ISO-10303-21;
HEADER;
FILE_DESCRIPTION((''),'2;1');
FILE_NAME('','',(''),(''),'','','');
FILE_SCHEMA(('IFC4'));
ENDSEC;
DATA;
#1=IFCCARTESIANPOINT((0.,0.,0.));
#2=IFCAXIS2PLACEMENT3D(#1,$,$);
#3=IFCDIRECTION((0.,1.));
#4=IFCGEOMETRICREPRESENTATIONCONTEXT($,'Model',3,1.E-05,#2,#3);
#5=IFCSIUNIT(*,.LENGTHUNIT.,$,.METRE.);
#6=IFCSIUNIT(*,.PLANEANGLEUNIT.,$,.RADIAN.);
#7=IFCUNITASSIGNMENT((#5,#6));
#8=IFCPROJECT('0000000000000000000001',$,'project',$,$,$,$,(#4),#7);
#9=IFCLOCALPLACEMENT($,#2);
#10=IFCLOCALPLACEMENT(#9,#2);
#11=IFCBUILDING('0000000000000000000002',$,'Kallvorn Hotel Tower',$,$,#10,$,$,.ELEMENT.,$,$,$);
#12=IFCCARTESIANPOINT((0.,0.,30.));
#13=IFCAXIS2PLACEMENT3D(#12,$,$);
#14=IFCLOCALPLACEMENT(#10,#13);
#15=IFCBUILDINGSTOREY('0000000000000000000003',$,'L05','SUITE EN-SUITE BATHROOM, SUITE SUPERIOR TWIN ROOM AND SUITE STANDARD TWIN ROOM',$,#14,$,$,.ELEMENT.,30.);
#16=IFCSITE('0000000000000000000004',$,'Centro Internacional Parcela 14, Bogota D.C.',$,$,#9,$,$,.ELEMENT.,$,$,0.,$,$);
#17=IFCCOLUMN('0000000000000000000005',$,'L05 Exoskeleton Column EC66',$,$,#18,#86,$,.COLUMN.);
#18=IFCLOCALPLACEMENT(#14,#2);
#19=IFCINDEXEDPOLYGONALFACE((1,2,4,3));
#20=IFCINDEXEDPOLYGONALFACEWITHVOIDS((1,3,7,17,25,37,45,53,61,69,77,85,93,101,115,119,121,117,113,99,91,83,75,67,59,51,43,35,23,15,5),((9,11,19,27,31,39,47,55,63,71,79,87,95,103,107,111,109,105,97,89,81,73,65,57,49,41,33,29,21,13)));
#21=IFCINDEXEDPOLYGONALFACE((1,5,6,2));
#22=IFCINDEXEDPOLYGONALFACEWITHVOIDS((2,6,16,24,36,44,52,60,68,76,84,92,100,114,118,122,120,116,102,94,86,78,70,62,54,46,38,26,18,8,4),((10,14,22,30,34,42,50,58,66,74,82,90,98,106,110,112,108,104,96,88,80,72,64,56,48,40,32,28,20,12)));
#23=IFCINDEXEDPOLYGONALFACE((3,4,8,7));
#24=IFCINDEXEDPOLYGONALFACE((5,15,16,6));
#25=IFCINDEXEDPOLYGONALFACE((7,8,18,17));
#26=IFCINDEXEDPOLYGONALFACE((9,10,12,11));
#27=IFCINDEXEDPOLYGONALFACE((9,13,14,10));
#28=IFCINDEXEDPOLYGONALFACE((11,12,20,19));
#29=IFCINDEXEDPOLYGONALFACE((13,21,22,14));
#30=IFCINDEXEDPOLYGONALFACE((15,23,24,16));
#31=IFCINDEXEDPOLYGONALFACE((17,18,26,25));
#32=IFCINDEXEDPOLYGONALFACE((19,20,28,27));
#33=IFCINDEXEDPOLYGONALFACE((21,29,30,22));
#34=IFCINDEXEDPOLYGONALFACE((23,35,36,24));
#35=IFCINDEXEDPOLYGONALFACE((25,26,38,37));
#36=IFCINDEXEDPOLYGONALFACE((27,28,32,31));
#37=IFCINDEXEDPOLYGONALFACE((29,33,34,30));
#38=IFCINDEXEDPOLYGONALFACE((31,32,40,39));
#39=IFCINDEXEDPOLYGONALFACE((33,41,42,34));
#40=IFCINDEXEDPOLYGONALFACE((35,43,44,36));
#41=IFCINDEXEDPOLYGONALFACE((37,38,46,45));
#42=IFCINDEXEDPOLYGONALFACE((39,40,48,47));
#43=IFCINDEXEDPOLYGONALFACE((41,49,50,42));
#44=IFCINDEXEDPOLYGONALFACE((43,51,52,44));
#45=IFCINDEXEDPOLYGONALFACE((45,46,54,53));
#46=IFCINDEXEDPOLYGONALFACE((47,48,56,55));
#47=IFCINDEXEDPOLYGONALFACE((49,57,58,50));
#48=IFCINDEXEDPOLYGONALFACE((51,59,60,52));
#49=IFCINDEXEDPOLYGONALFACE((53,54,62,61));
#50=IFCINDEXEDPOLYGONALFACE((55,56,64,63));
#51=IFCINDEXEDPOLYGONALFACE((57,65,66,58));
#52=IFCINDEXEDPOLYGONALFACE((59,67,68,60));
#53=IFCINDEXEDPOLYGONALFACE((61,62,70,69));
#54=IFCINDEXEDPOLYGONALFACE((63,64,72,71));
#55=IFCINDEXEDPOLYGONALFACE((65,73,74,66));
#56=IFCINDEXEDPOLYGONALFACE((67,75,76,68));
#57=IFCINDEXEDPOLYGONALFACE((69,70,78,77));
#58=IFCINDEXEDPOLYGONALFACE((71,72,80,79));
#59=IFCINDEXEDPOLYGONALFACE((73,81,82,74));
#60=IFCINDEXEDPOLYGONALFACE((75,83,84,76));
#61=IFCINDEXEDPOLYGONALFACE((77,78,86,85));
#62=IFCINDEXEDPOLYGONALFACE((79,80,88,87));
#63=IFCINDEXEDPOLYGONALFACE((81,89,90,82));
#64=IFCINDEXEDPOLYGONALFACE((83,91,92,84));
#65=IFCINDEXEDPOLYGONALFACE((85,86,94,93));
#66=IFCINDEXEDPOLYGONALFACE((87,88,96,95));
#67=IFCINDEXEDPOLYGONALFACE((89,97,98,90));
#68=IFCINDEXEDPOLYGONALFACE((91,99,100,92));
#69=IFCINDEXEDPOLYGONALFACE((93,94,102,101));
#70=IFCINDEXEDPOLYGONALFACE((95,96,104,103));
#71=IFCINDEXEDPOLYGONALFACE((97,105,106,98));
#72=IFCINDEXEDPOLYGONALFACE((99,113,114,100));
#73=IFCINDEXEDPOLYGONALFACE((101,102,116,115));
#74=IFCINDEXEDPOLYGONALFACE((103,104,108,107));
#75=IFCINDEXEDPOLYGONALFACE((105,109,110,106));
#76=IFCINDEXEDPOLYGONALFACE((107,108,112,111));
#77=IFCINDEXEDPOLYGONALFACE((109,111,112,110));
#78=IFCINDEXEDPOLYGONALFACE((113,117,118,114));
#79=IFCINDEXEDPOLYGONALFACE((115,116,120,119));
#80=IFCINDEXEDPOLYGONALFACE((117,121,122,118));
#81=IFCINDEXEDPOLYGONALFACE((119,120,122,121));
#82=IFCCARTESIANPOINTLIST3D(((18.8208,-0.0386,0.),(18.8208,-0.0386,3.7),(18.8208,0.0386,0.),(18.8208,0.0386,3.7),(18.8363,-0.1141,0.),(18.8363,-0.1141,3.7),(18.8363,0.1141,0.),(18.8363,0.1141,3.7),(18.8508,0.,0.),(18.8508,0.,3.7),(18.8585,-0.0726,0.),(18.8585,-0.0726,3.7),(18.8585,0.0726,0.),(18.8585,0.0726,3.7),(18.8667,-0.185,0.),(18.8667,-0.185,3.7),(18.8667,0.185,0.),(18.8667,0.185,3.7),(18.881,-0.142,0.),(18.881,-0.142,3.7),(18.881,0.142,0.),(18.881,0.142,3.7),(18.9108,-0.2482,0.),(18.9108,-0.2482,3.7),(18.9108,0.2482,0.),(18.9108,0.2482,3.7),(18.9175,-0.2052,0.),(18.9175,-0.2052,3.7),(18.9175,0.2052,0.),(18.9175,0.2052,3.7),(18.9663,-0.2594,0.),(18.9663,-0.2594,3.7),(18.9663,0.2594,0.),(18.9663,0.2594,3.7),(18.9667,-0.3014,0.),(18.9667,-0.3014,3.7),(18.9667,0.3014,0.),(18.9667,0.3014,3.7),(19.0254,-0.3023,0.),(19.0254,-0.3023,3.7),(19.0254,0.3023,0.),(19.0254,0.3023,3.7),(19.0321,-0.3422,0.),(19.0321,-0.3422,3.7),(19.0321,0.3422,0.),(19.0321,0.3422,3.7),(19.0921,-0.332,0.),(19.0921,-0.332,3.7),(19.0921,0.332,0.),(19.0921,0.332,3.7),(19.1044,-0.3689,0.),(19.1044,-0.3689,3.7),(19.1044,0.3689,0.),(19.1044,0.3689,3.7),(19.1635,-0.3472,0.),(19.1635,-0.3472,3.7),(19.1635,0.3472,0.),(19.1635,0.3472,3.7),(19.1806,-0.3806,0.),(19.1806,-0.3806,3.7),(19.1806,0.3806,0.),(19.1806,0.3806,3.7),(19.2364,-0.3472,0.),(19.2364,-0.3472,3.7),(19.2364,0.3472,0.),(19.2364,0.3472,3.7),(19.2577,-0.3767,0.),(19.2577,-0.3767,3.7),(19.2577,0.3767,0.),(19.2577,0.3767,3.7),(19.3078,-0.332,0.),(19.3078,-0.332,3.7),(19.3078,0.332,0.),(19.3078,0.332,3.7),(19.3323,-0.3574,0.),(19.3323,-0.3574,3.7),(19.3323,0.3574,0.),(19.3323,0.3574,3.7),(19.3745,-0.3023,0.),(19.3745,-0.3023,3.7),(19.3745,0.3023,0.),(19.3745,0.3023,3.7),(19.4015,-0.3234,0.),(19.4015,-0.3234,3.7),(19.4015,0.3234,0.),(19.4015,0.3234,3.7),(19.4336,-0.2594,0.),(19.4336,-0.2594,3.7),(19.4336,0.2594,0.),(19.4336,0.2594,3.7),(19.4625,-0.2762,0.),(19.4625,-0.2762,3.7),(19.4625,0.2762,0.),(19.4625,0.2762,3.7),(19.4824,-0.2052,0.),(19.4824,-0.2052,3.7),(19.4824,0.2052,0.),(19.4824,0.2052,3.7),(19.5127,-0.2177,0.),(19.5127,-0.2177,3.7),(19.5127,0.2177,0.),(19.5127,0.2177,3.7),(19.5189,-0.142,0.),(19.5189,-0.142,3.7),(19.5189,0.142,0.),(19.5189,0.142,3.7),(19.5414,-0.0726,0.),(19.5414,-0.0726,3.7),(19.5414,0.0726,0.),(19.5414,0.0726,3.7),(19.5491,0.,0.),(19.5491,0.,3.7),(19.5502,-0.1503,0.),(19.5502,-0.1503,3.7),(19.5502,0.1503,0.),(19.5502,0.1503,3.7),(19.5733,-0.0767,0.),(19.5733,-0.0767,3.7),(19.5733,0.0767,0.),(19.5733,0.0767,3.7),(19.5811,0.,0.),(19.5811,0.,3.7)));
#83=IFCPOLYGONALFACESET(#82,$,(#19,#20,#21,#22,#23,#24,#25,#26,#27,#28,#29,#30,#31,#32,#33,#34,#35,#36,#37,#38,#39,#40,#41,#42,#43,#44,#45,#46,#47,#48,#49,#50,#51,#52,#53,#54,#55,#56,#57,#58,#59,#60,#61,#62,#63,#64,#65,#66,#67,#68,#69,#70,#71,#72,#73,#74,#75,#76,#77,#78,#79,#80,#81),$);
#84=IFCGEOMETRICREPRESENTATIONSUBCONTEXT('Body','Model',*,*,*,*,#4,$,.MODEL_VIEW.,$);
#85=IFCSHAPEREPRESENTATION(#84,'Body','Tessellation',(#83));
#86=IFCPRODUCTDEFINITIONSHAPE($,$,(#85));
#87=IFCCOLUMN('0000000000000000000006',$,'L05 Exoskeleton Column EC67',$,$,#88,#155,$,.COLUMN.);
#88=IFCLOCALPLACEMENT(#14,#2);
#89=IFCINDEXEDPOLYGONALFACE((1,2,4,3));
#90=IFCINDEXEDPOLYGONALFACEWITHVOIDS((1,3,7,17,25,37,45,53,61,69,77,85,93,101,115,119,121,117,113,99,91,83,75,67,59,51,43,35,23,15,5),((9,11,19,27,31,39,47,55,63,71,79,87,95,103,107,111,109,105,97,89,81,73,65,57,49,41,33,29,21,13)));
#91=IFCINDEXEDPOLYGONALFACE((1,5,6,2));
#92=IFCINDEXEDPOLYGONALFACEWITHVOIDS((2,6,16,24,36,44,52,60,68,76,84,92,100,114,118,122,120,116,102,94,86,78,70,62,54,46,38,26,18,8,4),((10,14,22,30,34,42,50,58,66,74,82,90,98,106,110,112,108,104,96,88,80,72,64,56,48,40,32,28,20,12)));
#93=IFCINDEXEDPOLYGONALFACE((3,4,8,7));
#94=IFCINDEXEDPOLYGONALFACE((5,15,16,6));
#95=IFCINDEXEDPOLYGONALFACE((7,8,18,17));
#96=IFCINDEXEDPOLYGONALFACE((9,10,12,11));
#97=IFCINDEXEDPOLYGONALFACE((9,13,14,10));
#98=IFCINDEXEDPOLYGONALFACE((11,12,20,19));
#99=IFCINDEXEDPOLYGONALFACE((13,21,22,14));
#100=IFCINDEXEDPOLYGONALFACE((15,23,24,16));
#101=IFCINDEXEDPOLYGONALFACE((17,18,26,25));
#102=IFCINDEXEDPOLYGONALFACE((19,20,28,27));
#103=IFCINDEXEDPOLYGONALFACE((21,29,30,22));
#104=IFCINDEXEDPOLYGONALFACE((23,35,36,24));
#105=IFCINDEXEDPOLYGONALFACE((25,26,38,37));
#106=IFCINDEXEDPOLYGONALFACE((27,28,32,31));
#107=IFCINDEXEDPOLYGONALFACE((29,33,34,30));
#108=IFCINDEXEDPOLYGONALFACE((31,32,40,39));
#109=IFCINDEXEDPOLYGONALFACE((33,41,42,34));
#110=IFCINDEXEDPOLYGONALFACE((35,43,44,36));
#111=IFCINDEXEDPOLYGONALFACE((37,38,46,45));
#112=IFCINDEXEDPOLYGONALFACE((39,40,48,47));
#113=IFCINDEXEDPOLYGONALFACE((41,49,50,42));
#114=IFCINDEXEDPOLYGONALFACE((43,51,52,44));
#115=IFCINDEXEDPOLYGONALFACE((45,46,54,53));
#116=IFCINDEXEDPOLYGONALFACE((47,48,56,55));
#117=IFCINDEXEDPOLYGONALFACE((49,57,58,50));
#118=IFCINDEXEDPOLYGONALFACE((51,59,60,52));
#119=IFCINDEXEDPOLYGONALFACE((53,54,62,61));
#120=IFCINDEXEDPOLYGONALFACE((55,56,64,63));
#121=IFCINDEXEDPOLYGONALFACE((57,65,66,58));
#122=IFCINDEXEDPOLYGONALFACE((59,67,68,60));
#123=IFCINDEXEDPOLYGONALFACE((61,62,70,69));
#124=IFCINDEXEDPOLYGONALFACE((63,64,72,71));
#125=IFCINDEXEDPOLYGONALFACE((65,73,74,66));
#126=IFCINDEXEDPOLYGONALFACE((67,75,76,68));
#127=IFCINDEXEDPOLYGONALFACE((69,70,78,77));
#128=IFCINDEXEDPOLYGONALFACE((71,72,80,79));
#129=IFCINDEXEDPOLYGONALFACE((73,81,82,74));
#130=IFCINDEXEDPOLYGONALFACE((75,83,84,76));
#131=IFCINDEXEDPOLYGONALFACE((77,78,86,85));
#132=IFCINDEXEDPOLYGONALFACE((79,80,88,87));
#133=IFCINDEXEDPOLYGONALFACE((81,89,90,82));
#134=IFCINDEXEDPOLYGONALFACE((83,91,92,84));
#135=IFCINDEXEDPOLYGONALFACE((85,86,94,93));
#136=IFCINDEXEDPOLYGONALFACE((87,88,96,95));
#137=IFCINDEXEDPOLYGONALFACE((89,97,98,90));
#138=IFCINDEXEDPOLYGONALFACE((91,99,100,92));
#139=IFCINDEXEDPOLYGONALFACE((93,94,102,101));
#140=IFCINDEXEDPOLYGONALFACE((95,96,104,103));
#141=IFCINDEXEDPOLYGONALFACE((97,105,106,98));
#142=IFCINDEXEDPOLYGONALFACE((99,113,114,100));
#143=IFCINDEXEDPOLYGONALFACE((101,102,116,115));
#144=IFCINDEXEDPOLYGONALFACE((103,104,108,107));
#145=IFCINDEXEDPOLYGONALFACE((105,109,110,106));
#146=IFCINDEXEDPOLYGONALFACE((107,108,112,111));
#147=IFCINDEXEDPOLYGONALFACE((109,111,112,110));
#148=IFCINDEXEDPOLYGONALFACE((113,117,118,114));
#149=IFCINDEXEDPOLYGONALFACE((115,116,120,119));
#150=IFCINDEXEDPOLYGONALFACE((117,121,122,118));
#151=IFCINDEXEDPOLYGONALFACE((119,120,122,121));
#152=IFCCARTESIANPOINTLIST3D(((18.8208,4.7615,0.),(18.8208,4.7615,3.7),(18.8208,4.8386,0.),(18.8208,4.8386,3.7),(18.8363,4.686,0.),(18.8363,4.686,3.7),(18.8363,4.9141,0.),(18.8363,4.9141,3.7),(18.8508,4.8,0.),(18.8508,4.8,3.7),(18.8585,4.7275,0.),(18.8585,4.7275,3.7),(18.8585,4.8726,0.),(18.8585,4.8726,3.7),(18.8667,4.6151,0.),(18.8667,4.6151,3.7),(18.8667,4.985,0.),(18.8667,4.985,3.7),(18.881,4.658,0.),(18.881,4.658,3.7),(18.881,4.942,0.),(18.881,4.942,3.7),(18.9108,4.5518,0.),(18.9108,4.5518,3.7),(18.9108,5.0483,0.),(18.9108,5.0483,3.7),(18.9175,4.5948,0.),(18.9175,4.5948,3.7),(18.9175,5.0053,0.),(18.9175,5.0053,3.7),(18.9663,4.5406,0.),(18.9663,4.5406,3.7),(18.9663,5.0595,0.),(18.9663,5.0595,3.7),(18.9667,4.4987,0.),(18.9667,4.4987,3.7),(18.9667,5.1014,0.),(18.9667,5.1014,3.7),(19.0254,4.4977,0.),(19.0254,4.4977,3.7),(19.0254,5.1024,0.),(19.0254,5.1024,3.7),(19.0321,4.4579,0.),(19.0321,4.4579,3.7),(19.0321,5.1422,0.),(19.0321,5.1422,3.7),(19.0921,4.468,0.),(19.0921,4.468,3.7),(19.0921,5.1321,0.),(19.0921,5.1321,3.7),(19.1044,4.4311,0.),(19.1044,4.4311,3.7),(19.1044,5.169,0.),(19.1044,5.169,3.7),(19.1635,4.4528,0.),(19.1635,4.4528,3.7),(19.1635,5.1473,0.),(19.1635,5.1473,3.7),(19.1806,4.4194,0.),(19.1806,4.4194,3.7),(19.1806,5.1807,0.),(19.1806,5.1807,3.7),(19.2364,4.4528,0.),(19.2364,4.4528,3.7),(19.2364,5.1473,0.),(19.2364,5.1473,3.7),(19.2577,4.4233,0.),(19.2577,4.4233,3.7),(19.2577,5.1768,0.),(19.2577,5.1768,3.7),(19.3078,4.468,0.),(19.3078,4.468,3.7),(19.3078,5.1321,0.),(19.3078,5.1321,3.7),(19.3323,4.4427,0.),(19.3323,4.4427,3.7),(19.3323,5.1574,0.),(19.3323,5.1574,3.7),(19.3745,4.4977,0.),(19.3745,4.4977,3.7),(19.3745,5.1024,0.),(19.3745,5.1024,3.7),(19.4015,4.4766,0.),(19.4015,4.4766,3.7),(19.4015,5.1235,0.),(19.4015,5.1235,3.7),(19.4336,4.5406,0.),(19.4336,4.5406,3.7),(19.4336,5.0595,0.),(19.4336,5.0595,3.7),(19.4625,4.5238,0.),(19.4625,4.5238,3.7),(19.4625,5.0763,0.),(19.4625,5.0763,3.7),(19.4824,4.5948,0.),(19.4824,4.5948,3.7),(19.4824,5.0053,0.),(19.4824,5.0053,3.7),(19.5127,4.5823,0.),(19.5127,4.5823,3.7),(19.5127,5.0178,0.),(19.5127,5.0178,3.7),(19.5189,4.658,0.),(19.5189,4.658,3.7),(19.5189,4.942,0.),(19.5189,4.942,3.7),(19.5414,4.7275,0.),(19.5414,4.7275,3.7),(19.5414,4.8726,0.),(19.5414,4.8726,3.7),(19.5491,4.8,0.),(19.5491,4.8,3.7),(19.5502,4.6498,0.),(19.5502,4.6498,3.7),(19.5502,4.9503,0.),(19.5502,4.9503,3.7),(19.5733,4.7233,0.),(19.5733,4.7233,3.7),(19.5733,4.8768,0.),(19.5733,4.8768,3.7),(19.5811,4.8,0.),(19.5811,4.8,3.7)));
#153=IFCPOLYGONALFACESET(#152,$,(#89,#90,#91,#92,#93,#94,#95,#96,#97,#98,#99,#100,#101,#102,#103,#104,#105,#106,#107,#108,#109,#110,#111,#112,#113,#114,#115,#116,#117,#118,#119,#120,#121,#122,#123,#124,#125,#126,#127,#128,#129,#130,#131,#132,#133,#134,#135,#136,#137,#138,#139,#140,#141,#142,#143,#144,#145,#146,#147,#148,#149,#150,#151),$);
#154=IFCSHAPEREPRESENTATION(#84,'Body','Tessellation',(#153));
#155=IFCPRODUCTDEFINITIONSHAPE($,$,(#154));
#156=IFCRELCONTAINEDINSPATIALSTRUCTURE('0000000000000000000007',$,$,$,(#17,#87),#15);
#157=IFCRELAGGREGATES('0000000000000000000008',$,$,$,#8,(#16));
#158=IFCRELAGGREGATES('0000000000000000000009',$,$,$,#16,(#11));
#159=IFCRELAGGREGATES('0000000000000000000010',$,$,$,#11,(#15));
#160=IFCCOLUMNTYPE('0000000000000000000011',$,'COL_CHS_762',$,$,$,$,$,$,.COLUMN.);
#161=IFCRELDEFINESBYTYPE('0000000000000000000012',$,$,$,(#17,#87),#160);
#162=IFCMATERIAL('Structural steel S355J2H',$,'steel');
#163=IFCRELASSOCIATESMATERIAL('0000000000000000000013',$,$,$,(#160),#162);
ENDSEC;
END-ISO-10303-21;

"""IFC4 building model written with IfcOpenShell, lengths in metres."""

from ifc_helpers import new_model, si_unit, direction, frame, origin, origin_2d, place, context, subcontext, project, spatial, hollow_circle, extrude, material, material_profile, profile_set, type_object, element, save


model = new_model("IFC4")

# Units and contexts
model_context = context("Model", 3, precision=1e-05, world=origin(), true_north=direction((0.0, 1.0)))
body_context = subcontext(model_context, "Body", "Model", "MODEL_VIEW")
ifc_project = project(units=[si_unit("LENGTHUNIT", "METRE"), si_unit("PLANEANGLEUNIT", "RADIAN")], contexts=[model_context])

# Site, building, storey
site_placement = place(None, origin())
site = spatial("IfcSite", under=ifc_project, at=site_placement, Name="Centro Internacional Parcela 14, Bogota D.C.", CompositionType="ELEMENT", RefElevation=0.0)
building_placement = place(site_placement, origin())
building = spatial("IfcBuilding", under=site, at=building_placement, Name="Kallvorn Hotel Tower", CompositionType="ELEMENT")
storey_placement = place(building_placement, frame((0.0, 0.0, 30.0)))
storey = spatial("IfcBuildingStorey", under=building, at=storey_placement, Name="L05", Description="SUITE EN-SUITE BATHROOM, SUITE SUPERIOR TWIN ROOM AND SUITE STANDARD TWIN ROOM", CompositionType="ELEMENT", Elevation=30.0)

# Columns
ifc_material_1 = material(Name="Structural steel S355J2H", Category="steel")
ifc_material_profile_1 = material_profile(ifc_material_1, hollow_circle(Radius=0.3811, WallThickness=0.032, at=origin_2d()), Name="CHS 762x32")
ifc_profile_set_1 = profile_set([ifc_material_profile_1], Name="Structural steel S355J2H")
column_type_1 = type_object("IfcColumnType", Name="COL_CHS_762", PredefinedType="COLUMN", material=ifc_profile_set_1)
for number, where, z_axis, x_axis, name in (
    (1, (19.2, 0.0, 0.0), (0.0, 0.0, 1.0), (1.0, 0.0, 0.0), "L05 Exoskeleton Column EC66"),
    (2, (19.2, 4.8, 0.0), (0.0, 0.0, 1.0), (1.0, 0.0, 0.0), "L05 Exoskeleton Column EC67"),
):
    element("IfcColumn", number, at=place(storey_placement, frame(where, z_axis=z_axis, x_axis=x_axis)), inside=storey, type_object=column_type_1, Name=name, PredefinedType="COLUMN", context=body_context, shape_type="SweptSolid", body=[
        extrude(hollow_circle(Radius=0.3811, WallThickness=0.032, at=origin_2d()), origin(), (0.0, 0.0, 1.0), 3.7),
    ])

save(model, "model.ifc")
